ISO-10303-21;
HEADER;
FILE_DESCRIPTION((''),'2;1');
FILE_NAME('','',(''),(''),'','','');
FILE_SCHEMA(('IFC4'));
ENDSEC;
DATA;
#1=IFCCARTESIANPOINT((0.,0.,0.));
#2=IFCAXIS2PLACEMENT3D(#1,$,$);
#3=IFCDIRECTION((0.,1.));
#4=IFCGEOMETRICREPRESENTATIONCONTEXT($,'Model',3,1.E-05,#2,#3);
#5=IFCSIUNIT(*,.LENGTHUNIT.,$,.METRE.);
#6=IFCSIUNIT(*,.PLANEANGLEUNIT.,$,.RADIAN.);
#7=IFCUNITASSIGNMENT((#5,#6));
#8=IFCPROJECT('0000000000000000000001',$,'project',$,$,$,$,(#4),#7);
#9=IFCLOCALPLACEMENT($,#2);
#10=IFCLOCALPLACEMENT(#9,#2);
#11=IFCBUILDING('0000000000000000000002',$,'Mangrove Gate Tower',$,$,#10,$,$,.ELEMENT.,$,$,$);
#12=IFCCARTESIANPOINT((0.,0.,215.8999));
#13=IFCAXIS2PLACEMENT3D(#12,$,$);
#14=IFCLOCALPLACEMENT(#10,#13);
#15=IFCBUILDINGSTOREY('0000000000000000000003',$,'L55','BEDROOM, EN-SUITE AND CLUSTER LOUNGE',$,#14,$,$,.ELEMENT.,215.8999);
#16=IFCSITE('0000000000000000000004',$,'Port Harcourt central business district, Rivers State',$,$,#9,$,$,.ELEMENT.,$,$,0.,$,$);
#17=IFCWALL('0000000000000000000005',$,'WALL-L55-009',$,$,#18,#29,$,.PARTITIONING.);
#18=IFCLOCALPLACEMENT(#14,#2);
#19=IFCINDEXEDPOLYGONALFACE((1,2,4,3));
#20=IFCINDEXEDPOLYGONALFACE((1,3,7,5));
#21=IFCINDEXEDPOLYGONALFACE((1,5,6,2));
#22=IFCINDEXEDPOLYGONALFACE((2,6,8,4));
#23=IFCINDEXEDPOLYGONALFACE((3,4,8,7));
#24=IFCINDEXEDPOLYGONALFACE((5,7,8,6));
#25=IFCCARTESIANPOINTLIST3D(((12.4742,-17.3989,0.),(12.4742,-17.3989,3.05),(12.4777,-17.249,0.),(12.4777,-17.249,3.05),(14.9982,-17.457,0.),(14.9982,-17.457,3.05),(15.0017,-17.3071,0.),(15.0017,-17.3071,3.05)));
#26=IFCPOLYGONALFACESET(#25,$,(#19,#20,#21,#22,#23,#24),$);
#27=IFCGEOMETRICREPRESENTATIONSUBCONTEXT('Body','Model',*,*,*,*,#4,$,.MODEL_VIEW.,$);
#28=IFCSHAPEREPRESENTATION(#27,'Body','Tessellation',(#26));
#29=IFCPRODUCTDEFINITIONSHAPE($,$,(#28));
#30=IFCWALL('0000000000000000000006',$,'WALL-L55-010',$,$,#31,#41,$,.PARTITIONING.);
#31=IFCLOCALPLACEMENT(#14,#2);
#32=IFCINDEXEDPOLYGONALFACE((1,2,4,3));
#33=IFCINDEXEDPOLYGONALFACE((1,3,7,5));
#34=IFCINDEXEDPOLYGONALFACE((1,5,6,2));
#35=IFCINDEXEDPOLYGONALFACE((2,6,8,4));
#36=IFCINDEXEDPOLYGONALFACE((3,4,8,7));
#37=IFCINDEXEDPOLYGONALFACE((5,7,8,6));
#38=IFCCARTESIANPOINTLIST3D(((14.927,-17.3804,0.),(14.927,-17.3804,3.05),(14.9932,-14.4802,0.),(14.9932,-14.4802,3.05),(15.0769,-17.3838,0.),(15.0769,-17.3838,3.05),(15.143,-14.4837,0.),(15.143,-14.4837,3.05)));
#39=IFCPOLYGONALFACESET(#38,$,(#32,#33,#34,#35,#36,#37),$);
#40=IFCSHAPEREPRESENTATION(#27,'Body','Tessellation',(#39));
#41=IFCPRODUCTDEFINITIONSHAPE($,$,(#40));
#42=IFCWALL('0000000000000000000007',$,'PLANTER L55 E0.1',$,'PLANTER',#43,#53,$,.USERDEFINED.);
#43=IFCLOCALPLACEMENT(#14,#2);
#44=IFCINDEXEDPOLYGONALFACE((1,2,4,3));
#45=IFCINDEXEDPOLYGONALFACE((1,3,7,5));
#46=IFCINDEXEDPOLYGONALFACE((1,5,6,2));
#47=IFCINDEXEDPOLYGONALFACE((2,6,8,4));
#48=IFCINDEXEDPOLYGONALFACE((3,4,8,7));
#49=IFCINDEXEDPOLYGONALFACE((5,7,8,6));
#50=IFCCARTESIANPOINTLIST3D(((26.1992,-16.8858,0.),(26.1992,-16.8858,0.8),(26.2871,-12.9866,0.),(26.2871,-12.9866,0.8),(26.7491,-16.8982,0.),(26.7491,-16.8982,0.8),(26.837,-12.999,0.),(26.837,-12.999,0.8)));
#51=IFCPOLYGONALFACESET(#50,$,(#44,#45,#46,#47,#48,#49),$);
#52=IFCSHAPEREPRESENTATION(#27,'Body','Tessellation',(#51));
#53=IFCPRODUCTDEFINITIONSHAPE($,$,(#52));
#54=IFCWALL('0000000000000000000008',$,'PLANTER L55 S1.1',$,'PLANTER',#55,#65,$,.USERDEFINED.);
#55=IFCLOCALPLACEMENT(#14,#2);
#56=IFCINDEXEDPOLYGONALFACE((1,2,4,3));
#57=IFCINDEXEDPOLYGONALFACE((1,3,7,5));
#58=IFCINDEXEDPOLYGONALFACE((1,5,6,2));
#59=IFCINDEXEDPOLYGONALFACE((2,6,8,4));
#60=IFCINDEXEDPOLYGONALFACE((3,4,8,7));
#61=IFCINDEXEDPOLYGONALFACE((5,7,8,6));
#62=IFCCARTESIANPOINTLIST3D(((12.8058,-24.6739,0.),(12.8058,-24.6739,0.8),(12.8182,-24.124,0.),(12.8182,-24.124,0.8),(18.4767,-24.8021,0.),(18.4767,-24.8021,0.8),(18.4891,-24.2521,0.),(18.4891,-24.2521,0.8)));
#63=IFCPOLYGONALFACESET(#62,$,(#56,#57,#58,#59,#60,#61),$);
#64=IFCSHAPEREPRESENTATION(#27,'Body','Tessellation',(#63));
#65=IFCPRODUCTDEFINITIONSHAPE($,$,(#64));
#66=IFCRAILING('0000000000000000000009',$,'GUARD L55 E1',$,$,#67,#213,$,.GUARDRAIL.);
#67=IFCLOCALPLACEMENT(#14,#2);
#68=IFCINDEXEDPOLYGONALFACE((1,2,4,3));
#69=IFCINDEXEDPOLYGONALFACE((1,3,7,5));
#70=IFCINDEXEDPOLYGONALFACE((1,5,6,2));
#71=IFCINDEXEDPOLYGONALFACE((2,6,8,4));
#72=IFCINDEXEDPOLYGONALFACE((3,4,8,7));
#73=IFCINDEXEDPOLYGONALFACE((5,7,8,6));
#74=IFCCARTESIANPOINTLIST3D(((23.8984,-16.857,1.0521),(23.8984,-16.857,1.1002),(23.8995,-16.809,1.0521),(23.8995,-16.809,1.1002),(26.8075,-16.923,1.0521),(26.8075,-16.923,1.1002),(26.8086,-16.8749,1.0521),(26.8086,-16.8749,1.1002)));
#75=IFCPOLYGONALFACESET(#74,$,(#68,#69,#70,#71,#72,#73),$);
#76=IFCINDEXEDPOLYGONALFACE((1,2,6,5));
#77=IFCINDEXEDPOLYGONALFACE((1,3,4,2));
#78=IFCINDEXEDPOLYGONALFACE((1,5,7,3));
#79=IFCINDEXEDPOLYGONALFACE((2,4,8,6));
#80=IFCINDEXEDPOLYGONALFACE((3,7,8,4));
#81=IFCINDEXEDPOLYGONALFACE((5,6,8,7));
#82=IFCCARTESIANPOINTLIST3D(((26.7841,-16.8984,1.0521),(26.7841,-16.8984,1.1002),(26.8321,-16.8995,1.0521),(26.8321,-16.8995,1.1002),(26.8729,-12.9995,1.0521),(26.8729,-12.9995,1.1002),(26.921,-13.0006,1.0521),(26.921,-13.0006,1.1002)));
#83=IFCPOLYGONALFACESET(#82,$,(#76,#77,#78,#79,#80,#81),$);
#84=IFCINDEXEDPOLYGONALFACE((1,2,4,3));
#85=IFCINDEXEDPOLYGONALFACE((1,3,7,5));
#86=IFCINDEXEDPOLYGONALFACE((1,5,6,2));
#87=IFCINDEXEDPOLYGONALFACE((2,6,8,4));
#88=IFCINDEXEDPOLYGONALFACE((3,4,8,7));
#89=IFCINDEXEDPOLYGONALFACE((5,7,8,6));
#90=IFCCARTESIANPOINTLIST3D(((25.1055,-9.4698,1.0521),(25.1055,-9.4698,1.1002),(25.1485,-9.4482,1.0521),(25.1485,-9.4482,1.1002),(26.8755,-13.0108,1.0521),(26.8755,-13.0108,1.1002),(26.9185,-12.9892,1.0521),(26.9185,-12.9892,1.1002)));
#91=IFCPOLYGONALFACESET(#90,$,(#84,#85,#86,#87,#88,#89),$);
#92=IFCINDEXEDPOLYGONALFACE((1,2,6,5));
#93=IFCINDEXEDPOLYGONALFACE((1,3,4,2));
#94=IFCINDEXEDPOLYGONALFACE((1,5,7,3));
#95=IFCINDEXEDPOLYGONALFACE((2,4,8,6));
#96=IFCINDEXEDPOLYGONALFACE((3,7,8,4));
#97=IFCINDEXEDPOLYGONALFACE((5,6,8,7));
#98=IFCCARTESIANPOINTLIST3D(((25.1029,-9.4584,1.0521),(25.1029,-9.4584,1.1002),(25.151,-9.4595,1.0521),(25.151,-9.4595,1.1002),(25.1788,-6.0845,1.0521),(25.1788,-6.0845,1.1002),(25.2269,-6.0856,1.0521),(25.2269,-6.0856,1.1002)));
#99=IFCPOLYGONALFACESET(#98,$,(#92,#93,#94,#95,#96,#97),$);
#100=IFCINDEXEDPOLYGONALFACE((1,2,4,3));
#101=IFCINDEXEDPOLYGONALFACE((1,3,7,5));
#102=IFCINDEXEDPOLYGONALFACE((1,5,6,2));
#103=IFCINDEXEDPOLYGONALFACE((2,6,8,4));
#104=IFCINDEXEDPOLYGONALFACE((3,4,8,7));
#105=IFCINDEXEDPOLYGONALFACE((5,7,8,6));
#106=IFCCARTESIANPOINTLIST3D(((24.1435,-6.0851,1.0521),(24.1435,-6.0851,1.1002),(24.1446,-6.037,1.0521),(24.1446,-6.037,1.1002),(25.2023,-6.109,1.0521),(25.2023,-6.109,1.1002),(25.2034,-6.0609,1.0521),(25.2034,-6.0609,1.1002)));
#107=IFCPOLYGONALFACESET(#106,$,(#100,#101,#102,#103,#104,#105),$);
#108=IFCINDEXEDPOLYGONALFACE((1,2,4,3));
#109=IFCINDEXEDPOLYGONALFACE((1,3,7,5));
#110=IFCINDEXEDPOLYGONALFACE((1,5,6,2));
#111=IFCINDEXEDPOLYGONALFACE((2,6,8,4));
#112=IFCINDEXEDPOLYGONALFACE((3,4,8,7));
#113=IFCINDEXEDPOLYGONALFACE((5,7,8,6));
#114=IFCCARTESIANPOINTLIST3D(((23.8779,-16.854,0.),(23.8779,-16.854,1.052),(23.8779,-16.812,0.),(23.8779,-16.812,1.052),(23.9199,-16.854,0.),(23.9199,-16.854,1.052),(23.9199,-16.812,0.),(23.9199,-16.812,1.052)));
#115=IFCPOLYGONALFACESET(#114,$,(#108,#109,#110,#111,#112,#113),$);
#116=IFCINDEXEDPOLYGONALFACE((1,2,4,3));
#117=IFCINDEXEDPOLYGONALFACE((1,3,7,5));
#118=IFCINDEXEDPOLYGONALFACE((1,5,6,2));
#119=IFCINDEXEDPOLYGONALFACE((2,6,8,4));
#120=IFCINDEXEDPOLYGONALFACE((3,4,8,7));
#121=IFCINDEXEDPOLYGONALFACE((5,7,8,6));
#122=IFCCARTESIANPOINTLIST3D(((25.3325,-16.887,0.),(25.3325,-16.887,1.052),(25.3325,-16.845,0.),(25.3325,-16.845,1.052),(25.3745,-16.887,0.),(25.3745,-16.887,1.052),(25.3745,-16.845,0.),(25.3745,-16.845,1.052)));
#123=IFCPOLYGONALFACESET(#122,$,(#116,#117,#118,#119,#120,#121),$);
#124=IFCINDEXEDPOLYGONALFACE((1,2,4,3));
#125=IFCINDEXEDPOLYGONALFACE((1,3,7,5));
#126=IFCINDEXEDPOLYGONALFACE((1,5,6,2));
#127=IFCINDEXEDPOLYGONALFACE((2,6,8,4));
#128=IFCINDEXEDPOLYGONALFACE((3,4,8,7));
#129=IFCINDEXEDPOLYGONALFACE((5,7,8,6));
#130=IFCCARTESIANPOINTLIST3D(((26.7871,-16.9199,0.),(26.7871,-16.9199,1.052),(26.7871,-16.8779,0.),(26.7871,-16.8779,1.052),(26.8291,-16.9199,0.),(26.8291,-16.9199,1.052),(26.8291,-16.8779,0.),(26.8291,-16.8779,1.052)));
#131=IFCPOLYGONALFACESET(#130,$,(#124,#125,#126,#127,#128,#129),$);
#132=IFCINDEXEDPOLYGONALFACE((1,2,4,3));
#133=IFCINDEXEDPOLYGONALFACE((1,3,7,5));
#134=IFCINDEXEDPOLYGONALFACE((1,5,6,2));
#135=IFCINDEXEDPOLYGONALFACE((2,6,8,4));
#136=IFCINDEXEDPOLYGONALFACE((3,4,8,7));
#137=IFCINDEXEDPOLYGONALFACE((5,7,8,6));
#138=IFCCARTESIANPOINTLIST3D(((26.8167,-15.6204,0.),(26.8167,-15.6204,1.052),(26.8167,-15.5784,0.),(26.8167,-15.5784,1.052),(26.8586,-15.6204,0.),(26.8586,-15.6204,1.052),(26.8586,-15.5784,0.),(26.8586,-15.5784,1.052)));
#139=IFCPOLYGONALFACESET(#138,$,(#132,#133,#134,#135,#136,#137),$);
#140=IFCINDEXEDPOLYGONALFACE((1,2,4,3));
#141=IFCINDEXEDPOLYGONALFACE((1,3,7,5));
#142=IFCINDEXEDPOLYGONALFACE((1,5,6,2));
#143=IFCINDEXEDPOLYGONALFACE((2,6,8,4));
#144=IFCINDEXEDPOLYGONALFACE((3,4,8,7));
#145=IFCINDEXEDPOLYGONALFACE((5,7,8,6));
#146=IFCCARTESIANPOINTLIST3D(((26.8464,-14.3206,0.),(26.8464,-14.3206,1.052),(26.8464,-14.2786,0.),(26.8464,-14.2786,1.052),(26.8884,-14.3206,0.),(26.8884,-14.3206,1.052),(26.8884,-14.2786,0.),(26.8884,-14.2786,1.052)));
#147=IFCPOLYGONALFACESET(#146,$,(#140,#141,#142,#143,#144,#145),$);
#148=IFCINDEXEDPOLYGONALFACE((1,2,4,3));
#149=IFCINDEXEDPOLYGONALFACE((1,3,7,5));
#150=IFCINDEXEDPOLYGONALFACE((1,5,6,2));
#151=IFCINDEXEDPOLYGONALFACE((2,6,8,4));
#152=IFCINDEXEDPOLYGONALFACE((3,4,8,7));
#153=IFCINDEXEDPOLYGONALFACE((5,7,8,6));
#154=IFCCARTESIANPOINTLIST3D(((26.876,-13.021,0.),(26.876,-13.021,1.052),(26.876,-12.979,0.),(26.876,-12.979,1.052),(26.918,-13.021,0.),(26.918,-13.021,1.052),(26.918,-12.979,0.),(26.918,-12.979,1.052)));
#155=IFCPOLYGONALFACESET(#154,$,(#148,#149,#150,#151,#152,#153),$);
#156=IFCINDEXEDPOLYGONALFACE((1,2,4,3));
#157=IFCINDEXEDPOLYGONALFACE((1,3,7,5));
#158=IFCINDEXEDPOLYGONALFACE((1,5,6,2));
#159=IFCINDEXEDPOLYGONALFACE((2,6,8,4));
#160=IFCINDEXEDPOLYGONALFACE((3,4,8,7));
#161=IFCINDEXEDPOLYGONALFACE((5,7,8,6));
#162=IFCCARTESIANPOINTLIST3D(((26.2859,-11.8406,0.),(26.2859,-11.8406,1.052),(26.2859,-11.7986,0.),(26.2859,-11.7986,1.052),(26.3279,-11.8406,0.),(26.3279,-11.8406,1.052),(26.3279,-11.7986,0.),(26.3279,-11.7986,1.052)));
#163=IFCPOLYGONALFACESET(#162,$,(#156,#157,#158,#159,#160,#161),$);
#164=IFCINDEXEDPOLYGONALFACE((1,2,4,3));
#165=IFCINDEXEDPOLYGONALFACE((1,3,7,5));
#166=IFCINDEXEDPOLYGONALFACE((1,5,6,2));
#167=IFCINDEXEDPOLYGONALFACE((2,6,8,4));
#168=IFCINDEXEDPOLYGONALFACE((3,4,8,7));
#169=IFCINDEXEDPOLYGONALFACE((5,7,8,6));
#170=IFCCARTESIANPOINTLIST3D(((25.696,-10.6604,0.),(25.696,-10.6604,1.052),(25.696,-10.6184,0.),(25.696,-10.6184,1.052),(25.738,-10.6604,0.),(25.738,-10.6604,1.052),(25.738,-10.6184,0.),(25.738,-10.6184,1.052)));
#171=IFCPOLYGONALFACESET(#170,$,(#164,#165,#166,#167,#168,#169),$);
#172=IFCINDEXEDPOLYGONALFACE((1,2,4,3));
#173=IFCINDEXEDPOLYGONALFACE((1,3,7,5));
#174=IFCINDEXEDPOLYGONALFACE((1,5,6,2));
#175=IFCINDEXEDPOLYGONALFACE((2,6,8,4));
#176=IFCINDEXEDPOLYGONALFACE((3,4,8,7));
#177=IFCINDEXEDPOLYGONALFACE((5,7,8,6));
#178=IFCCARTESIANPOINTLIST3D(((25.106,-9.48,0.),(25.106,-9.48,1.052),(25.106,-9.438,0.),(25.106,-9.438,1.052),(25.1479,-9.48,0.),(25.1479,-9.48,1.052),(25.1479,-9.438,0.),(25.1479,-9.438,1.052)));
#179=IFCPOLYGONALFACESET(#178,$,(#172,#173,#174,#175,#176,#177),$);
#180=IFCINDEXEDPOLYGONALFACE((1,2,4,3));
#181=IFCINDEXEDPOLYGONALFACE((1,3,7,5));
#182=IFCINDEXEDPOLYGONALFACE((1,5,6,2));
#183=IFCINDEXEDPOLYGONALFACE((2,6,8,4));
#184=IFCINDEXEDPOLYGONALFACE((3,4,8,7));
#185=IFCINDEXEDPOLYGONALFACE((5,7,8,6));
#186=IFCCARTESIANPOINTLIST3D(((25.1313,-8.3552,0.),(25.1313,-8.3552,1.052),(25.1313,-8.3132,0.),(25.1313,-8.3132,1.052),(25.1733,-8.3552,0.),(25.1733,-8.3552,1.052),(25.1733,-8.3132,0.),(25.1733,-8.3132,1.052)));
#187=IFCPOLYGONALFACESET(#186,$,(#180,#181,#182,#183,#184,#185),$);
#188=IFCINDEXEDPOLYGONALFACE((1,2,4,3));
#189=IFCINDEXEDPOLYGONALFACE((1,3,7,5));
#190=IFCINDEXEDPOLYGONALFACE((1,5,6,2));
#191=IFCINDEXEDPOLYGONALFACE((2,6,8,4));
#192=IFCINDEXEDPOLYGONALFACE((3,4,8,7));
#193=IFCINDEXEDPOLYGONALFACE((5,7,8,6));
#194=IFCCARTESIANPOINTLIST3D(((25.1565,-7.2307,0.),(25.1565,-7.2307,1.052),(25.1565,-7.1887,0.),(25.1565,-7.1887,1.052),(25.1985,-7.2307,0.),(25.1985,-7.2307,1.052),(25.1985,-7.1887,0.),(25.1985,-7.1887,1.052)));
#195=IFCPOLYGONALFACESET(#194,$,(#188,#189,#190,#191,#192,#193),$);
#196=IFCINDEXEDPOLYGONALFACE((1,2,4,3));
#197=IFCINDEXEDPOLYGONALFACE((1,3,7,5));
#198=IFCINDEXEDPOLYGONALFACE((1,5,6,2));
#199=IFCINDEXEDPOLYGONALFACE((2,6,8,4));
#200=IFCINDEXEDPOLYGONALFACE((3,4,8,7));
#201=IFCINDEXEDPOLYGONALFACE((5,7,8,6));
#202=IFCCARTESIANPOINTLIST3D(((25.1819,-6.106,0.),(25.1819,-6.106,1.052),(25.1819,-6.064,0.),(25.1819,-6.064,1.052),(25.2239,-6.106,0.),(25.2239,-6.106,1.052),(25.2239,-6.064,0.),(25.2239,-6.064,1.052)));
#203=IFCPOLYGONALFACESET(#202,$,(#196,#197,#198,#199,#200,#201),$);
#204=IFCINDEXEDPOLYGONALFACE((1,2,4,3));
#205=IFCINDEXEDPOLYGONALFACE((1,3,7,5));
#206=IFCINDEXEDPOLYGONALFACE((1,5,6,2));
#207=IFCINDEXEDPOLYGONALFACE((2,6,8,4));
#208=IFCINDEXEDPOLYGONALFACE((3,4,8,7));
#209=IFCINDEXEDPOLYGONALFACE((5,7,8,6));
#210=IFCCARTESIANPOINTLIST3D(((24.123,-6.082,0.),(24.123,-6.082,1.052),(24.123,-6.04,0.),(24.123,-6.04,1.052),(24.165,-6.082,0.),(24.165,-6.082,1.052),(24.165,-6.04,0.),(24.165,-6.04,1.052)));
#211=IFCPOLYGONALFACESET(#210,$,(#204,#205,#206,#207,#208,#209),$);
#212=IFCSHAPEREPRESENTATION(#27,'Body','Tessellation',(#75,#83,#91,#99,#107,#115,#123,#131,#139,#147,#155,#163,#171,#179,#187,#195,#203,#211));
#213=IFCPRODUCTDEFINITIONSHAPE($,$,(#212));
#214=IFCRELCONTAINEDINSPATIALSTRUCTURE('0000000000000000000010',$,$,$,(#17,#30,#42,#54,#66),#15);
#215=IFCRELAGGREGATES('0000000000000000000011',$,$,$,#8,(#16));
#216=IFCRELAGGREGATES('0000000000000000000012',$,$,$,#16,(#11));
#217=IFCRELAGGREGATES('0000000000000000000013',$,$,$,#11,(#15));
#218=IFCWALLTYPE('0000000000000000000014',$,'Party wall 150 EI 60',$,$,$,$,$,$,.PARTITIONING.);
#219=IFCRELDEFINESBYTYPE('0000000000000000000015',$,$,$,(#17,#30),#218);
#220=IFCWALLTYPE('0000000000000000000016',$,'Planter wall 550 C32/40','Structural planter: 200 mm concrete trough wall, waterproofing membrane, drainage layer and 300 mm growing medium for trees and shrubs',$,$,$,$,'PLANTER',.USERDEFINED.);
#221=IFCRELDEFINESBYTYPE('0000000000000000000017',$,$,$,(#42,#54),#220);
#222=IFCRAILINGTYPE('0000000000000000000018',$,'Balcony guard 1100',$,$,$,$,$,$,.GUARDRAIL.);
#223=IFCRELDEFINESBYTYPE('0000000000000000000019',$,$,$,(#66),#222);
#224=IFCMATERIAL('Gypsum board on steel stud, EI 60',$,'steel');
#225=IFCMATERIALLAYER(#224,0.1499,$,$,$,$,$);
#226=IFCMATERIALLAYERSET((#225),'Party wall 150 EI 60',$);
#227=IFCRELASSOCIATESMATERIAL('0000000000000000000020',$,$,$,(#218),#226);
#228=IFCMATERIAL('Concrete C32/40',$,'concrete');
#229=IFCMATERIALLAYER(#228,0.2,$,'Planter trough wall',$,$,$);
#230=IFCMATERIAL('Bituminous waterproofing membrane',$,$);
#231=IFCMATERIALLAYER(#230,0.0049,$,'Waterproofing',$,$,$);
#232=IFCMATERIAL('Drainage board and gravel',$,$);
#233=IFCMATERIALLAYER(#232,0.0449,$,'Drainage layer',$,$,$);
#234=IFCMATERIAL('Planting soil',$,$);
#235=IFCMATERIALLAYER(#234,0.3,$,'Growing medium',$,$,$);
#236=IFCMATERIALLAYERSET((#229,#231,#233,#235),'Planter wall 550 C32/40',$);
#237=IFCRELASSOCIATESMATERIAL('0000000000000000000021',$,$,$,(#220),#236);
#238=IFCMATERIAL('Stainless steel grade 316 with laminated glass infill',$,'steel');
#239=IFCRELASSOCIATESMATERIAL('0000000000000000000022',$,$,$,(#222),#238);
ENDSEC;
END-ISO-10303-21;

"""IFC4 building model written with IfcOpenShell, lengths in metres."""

from ifc_helpers import new_model, si_unit, direction, frame, frame_2d, origin, origin_2d, place, context, subcontext, project, spatial, rectangle, extrude, material, layer, layer_set, type_object, element, save


model = new_model("IFC4")

# Units and contexts
model_context = context("Model", 3, precision=1e-05, world=origin(), true_north=direction((0.0, 1.0)))
body_context = subcontext(model_context, "Body", "Model", "MODEL_VIEW")
ifc_project = project(units=[si_unit("LENGTHUNIT", "METRE"), si_unit("PLANEANGLEUNIT", "RADIAN")], contexts=[model_context])

# Site, building, storey
site_placement = place(None, origin())
site = spatial("IfcSite", under=ifc_project, at=site_placement, Name="Port Harcourt central business district, Rivers State", CompositionType="ELEMENT", RefElevation=0.0)
building_placement = place(site_placement, origin())
building = spatial("IfcBuilding", under=site, at=building_placement, Name="Mangrove Gate Tower", CompositionType="ELEMENT")
storey_placement = place(building_placement, frame((0.0, 0.0, 215.8999)))
storey = spatial("IfcBuildingStorey", under=building, at=storey_placement, Name="L55", Description="BEDROOM, EN-SUITE AND CLUSTER LOUNGE", CompositionType="ELEMENT", Elevation=215.8999)

# Walls
ifc_material_1 = material(Name="Gypsum board on steel stud, EI 60", Category="steel")
ifc_layer_1 = layer(ifc_material_1, 0.1499)
ifc_layer_set_1 = layer_set([ifc_layer_1], Name="Party wall 150 EI 60")
wall_type_1 = type_object("IfcWallType", Name="Party wall 150 EI 60", PredefinedType="PARTITIONING", material=ifc_layer_set_1)
wall_1_placement = place(storey_placement, frame((12.4761, -17.324, 0.0), z_axis=(0.0, 0.0, 1.0), x_axis=(0.999735, -0.023016, 0.0)))
element("IfcWall", 1, at=wall_1_placement, inside=storey, type_object=wall_type_1, Name="WALL-L55-009", PredefinedType="PARTITIONING", context=body_context, shape_type="SweptSolid", body=[
    extrude(rectangle(XDim=2.5247, YDim=0.1499, at=frame_2d((1.2622, 0.0))), origin(), (0.0, 0.0, 1.0), 3.05),
])
wall_2_placement = place(storey_placement, frame((15.002, -17.3821, 0.0), z_axis=(0.0, 0.0, 1.0), x_axis=(0.022807, 0.99974, 0.0)))
element("IfcWall", 2, at=wall_2_placement, inside=storey, type_object=wall_type_1, Name="WALL-L55-010", PredefinedType="PARTITIONING", context=body_context, shape_type="SweptSolid", body=[
    extrude(rectangle(XDim=2.9009, YDim=0.1499, at=frame_2d((1.4504, 0.0))), origin(), (0.0, 0.0, 1.0), 3.05),
])
ifc_material_2 = material(Name="Concrete C32/40", Category="concrete")
ifc_layer_2 = layer(ifc_material_2, 0.2, Name="Planter trough wall")
ifc_material_3 = material(Name="Bituminous waterproofing membrane")
ifc_layer_3 = layer(ifc_material_3, 0.0049, Name="Waterproofing")
ifc_material_4 = material(Name="Drainage board and gravel")
ifc_layer_4 = layer(ifc_material_4, 0.0449, Name="Drainage layer")
ifc_material_5 = material(Name="Planting soil")
ifc_layer_5 = layer(ifc_material_5, 0.3, Name="Growing medium")
ifc_layer_set_2 = layer_set([ifc_layer_2, ifc_layer_3, ifc_layer_4, ifc_layer_5], Name="Planter wall 550 C32/40")
wall_type_2 = type_object("IfcWallType", Name="Planter wall 550 C32/40", Description="Structural planter: 200 mm concrete trough wall, waterproofing membrane, drainage layer and 300 mm growing medium for trees and shrubs", ElementType="PLANTER", PredefinedType="USERDEFINED", material=ifc_layer_set_2)
wall_3_placement = place(storey_placement, frame((26.4741, -16.8921, 0.0), z_axis=(0.0, 0.0, 1.0), x_axis=(0.022535, 0.999746, 0.0)))
element("IfcWall", 3, at=wall_3_placement, inside=storey, type_object=wall_type_2, Name="PLANTER L55 E0.1", ObjectType="PLANTER", PredefinedType="USERDEFINED", context=body_context, shape_type="SweptSolid", body=[
    extrude(rectangle(XDim=3.9001, YDim=0.55, at=frame_2d((1.9502, 0.0))), origin(), (0.0, 0.0, 1.0), 0.8),
])
wall_4_placement = place(storey_placement, frame((12.812, -24.3989, 0.0), z_axis=(0.0, 0.0, 1.0), x_axis=(0.999745, -0.022596, 0.0)))
element("IfcWall", 4, at=wall_4_placement, inside=storey, type_object=wall_type_2, Name="PLANTER L55 S1.1", ObjectType="PLANTER", PredefinedType="USERDEFINED", context=body_context, shape_type="SweptSolid", body=[
    extrude(rectangle(XDim=5.6724, YDim=0.55, at=frame_2d((2.8362, 0.0))), origin(), (0.0, 0.0, 1.0), 0.8),
])

# Railing
ifc_material_6 = material(Name="Stainless steel grade 316 with laminated glass infill", Category="steel")
railing_type = type_object("IfcRailingType", Name="Balcony guard 1100", PredefinedType="GUARDRAIL", material=ifc_material_6)
railing_placement = place(storey_placement, frame((23.8989, -16.833, 0.0)))
element("IfcRailing", 5, at=railing_placement, inside=storey, type_object=railing_type, Name="GUARD L55 E1", PredefinedType="GUARDRAIL", context=body_context, shape_type="SweptSolid", body=[
    extrude(rectangle(XDim=0.0481, YDim=0.0481, at=origin_2d()), frame((0.0, 0.0, 1.0762), z_axis=(0.999743, -0.022653, 0.0), x_axis=(0.022653, 0.999743, 0.0)), (0.0, 0.0, 1.0), 2.9099),
    extrude(rectangle(XDim=0.0481, YDim=0.0481, at=origin_2d()), frame((2.9092, -0.0659, 1.0762), z_axis=(0.022787, 0.99974, 0.0), x_axis=(-0.99974, 0.022787, 0.0)), (0.0, 0.0, 1.0), 3.8999),
    extrude(rectangle(XDim=0.0481, YDim=0.0481, at=origin_2d()), frame((2.998, 3.833, 1.0762), z_axis=(-0.447115, 0.894477, 0.0), x_axis=(-0.894477, -0.447115, 0.0)), (0.0, 0.0, 1.0), 3.9587),
    extrude(rectangle(XDim=0.0481, YDim=0.0481, at=origin_2d()), frame((1.228, 7.374, 1.0762), z_axis=(0.022498, 0.999747, 0.0), x_axis=(-0.999747, 0.022498, 0.0)), (0.0, 0.0, 1.0), 3.3748),
    extrude(rectangle(XDim=0.0481, YDim=0.0481, at=origin_2d()), frame((1.304, 10.748, 1.0762), z_axis=(-0.999745, 0.02259, 0.0), x_axis=(-0.02259, -0.999745, 0.0)), (0.0, 0.0, 1.0), 1.0591),
    extrude(rectangle(XDim=0.042, YDim=0.042, at=origin_2d()), origin(), (0.0, 0.0, 1.0), 1.052),
    extrude(rectangle(XDim=0.042, YDim=0.042, at=origin_2d()), frame((1.4546, -0.033, 0.0)), (0.0, 0.0, 1.0), 1.052),
    extrude(rectangle(XDim=0.042, YDim=0.042, at=origin_2d()), frame((2.9092, -0.0659, 0.0)), (0.0, 0.0, 1.0), 1.052),
    extrude(rectangle(XDim=0.042, YDim=0.042, at=origin_2d()), frame((2.9387, 1.2336, 0.0)), (0.0, 0.0, 1.0), 1.052),
    extrude(rectangle(XDim=0.042, YDim=0.042, at=origin_2d()), frame((2.9685, 2.5334, 0.0)), (0.0, 0.0, 1.0), 1.052),
    extrude(rectangle(XDim=0.042, YDim=0.042, at=origin_2d()), frame((2.998, 3.833, 0.0)), (0.0, 0.0, 1.0), 1.052),
    extrude(rectangle(XDim=0.042, YDim=0.042, at=origin_2d()), frame((2.408, 5.0134, 0.0)), (0.0, 0.0, 1.0), 1.052),
    extrude(rectangle(XDim=0.042, YDim=0.042, at=origin_2d()), frame((1.8181, 6.1936, 0.0)), (0.0, 0.0, 1.0), 1.052),
    extrude(rectangle(XDim=0.042, YDim=0.042, at=origin_2d()), frame((1.228, 7.374, 0.0)), (0.0, 0.0, 1.0), 1.052),
    extrude(rectangle(XDim=0.042, YDim=0.042, at=origin_2d()), frame((1.2534, 8.4988, 0.0)), (0.0, 0.0, 1.0), 1.052),
    extrude(rectangle(XDim=0.042, YDim=0.042, at=origin_2d()), frame((1.2786, 9.6233, 0.0)), (0.0, 0.0, 1.0), 1.052),
    extrude(rectangle(XDim=0.042, YDim=0.042, at=origin_2d()), frame((1.304, 10.748, 0.0)), (0.0, 0.0, 1.0), 1.052),
    extrude(rectangle(XDim=0.042, YDim=0.042, at=origin_2d()), frame((0.2451, 10.772, 0.0)), (0.0, 0.0, 1.0), 1.052),
])

save(model, "model.ifc")
